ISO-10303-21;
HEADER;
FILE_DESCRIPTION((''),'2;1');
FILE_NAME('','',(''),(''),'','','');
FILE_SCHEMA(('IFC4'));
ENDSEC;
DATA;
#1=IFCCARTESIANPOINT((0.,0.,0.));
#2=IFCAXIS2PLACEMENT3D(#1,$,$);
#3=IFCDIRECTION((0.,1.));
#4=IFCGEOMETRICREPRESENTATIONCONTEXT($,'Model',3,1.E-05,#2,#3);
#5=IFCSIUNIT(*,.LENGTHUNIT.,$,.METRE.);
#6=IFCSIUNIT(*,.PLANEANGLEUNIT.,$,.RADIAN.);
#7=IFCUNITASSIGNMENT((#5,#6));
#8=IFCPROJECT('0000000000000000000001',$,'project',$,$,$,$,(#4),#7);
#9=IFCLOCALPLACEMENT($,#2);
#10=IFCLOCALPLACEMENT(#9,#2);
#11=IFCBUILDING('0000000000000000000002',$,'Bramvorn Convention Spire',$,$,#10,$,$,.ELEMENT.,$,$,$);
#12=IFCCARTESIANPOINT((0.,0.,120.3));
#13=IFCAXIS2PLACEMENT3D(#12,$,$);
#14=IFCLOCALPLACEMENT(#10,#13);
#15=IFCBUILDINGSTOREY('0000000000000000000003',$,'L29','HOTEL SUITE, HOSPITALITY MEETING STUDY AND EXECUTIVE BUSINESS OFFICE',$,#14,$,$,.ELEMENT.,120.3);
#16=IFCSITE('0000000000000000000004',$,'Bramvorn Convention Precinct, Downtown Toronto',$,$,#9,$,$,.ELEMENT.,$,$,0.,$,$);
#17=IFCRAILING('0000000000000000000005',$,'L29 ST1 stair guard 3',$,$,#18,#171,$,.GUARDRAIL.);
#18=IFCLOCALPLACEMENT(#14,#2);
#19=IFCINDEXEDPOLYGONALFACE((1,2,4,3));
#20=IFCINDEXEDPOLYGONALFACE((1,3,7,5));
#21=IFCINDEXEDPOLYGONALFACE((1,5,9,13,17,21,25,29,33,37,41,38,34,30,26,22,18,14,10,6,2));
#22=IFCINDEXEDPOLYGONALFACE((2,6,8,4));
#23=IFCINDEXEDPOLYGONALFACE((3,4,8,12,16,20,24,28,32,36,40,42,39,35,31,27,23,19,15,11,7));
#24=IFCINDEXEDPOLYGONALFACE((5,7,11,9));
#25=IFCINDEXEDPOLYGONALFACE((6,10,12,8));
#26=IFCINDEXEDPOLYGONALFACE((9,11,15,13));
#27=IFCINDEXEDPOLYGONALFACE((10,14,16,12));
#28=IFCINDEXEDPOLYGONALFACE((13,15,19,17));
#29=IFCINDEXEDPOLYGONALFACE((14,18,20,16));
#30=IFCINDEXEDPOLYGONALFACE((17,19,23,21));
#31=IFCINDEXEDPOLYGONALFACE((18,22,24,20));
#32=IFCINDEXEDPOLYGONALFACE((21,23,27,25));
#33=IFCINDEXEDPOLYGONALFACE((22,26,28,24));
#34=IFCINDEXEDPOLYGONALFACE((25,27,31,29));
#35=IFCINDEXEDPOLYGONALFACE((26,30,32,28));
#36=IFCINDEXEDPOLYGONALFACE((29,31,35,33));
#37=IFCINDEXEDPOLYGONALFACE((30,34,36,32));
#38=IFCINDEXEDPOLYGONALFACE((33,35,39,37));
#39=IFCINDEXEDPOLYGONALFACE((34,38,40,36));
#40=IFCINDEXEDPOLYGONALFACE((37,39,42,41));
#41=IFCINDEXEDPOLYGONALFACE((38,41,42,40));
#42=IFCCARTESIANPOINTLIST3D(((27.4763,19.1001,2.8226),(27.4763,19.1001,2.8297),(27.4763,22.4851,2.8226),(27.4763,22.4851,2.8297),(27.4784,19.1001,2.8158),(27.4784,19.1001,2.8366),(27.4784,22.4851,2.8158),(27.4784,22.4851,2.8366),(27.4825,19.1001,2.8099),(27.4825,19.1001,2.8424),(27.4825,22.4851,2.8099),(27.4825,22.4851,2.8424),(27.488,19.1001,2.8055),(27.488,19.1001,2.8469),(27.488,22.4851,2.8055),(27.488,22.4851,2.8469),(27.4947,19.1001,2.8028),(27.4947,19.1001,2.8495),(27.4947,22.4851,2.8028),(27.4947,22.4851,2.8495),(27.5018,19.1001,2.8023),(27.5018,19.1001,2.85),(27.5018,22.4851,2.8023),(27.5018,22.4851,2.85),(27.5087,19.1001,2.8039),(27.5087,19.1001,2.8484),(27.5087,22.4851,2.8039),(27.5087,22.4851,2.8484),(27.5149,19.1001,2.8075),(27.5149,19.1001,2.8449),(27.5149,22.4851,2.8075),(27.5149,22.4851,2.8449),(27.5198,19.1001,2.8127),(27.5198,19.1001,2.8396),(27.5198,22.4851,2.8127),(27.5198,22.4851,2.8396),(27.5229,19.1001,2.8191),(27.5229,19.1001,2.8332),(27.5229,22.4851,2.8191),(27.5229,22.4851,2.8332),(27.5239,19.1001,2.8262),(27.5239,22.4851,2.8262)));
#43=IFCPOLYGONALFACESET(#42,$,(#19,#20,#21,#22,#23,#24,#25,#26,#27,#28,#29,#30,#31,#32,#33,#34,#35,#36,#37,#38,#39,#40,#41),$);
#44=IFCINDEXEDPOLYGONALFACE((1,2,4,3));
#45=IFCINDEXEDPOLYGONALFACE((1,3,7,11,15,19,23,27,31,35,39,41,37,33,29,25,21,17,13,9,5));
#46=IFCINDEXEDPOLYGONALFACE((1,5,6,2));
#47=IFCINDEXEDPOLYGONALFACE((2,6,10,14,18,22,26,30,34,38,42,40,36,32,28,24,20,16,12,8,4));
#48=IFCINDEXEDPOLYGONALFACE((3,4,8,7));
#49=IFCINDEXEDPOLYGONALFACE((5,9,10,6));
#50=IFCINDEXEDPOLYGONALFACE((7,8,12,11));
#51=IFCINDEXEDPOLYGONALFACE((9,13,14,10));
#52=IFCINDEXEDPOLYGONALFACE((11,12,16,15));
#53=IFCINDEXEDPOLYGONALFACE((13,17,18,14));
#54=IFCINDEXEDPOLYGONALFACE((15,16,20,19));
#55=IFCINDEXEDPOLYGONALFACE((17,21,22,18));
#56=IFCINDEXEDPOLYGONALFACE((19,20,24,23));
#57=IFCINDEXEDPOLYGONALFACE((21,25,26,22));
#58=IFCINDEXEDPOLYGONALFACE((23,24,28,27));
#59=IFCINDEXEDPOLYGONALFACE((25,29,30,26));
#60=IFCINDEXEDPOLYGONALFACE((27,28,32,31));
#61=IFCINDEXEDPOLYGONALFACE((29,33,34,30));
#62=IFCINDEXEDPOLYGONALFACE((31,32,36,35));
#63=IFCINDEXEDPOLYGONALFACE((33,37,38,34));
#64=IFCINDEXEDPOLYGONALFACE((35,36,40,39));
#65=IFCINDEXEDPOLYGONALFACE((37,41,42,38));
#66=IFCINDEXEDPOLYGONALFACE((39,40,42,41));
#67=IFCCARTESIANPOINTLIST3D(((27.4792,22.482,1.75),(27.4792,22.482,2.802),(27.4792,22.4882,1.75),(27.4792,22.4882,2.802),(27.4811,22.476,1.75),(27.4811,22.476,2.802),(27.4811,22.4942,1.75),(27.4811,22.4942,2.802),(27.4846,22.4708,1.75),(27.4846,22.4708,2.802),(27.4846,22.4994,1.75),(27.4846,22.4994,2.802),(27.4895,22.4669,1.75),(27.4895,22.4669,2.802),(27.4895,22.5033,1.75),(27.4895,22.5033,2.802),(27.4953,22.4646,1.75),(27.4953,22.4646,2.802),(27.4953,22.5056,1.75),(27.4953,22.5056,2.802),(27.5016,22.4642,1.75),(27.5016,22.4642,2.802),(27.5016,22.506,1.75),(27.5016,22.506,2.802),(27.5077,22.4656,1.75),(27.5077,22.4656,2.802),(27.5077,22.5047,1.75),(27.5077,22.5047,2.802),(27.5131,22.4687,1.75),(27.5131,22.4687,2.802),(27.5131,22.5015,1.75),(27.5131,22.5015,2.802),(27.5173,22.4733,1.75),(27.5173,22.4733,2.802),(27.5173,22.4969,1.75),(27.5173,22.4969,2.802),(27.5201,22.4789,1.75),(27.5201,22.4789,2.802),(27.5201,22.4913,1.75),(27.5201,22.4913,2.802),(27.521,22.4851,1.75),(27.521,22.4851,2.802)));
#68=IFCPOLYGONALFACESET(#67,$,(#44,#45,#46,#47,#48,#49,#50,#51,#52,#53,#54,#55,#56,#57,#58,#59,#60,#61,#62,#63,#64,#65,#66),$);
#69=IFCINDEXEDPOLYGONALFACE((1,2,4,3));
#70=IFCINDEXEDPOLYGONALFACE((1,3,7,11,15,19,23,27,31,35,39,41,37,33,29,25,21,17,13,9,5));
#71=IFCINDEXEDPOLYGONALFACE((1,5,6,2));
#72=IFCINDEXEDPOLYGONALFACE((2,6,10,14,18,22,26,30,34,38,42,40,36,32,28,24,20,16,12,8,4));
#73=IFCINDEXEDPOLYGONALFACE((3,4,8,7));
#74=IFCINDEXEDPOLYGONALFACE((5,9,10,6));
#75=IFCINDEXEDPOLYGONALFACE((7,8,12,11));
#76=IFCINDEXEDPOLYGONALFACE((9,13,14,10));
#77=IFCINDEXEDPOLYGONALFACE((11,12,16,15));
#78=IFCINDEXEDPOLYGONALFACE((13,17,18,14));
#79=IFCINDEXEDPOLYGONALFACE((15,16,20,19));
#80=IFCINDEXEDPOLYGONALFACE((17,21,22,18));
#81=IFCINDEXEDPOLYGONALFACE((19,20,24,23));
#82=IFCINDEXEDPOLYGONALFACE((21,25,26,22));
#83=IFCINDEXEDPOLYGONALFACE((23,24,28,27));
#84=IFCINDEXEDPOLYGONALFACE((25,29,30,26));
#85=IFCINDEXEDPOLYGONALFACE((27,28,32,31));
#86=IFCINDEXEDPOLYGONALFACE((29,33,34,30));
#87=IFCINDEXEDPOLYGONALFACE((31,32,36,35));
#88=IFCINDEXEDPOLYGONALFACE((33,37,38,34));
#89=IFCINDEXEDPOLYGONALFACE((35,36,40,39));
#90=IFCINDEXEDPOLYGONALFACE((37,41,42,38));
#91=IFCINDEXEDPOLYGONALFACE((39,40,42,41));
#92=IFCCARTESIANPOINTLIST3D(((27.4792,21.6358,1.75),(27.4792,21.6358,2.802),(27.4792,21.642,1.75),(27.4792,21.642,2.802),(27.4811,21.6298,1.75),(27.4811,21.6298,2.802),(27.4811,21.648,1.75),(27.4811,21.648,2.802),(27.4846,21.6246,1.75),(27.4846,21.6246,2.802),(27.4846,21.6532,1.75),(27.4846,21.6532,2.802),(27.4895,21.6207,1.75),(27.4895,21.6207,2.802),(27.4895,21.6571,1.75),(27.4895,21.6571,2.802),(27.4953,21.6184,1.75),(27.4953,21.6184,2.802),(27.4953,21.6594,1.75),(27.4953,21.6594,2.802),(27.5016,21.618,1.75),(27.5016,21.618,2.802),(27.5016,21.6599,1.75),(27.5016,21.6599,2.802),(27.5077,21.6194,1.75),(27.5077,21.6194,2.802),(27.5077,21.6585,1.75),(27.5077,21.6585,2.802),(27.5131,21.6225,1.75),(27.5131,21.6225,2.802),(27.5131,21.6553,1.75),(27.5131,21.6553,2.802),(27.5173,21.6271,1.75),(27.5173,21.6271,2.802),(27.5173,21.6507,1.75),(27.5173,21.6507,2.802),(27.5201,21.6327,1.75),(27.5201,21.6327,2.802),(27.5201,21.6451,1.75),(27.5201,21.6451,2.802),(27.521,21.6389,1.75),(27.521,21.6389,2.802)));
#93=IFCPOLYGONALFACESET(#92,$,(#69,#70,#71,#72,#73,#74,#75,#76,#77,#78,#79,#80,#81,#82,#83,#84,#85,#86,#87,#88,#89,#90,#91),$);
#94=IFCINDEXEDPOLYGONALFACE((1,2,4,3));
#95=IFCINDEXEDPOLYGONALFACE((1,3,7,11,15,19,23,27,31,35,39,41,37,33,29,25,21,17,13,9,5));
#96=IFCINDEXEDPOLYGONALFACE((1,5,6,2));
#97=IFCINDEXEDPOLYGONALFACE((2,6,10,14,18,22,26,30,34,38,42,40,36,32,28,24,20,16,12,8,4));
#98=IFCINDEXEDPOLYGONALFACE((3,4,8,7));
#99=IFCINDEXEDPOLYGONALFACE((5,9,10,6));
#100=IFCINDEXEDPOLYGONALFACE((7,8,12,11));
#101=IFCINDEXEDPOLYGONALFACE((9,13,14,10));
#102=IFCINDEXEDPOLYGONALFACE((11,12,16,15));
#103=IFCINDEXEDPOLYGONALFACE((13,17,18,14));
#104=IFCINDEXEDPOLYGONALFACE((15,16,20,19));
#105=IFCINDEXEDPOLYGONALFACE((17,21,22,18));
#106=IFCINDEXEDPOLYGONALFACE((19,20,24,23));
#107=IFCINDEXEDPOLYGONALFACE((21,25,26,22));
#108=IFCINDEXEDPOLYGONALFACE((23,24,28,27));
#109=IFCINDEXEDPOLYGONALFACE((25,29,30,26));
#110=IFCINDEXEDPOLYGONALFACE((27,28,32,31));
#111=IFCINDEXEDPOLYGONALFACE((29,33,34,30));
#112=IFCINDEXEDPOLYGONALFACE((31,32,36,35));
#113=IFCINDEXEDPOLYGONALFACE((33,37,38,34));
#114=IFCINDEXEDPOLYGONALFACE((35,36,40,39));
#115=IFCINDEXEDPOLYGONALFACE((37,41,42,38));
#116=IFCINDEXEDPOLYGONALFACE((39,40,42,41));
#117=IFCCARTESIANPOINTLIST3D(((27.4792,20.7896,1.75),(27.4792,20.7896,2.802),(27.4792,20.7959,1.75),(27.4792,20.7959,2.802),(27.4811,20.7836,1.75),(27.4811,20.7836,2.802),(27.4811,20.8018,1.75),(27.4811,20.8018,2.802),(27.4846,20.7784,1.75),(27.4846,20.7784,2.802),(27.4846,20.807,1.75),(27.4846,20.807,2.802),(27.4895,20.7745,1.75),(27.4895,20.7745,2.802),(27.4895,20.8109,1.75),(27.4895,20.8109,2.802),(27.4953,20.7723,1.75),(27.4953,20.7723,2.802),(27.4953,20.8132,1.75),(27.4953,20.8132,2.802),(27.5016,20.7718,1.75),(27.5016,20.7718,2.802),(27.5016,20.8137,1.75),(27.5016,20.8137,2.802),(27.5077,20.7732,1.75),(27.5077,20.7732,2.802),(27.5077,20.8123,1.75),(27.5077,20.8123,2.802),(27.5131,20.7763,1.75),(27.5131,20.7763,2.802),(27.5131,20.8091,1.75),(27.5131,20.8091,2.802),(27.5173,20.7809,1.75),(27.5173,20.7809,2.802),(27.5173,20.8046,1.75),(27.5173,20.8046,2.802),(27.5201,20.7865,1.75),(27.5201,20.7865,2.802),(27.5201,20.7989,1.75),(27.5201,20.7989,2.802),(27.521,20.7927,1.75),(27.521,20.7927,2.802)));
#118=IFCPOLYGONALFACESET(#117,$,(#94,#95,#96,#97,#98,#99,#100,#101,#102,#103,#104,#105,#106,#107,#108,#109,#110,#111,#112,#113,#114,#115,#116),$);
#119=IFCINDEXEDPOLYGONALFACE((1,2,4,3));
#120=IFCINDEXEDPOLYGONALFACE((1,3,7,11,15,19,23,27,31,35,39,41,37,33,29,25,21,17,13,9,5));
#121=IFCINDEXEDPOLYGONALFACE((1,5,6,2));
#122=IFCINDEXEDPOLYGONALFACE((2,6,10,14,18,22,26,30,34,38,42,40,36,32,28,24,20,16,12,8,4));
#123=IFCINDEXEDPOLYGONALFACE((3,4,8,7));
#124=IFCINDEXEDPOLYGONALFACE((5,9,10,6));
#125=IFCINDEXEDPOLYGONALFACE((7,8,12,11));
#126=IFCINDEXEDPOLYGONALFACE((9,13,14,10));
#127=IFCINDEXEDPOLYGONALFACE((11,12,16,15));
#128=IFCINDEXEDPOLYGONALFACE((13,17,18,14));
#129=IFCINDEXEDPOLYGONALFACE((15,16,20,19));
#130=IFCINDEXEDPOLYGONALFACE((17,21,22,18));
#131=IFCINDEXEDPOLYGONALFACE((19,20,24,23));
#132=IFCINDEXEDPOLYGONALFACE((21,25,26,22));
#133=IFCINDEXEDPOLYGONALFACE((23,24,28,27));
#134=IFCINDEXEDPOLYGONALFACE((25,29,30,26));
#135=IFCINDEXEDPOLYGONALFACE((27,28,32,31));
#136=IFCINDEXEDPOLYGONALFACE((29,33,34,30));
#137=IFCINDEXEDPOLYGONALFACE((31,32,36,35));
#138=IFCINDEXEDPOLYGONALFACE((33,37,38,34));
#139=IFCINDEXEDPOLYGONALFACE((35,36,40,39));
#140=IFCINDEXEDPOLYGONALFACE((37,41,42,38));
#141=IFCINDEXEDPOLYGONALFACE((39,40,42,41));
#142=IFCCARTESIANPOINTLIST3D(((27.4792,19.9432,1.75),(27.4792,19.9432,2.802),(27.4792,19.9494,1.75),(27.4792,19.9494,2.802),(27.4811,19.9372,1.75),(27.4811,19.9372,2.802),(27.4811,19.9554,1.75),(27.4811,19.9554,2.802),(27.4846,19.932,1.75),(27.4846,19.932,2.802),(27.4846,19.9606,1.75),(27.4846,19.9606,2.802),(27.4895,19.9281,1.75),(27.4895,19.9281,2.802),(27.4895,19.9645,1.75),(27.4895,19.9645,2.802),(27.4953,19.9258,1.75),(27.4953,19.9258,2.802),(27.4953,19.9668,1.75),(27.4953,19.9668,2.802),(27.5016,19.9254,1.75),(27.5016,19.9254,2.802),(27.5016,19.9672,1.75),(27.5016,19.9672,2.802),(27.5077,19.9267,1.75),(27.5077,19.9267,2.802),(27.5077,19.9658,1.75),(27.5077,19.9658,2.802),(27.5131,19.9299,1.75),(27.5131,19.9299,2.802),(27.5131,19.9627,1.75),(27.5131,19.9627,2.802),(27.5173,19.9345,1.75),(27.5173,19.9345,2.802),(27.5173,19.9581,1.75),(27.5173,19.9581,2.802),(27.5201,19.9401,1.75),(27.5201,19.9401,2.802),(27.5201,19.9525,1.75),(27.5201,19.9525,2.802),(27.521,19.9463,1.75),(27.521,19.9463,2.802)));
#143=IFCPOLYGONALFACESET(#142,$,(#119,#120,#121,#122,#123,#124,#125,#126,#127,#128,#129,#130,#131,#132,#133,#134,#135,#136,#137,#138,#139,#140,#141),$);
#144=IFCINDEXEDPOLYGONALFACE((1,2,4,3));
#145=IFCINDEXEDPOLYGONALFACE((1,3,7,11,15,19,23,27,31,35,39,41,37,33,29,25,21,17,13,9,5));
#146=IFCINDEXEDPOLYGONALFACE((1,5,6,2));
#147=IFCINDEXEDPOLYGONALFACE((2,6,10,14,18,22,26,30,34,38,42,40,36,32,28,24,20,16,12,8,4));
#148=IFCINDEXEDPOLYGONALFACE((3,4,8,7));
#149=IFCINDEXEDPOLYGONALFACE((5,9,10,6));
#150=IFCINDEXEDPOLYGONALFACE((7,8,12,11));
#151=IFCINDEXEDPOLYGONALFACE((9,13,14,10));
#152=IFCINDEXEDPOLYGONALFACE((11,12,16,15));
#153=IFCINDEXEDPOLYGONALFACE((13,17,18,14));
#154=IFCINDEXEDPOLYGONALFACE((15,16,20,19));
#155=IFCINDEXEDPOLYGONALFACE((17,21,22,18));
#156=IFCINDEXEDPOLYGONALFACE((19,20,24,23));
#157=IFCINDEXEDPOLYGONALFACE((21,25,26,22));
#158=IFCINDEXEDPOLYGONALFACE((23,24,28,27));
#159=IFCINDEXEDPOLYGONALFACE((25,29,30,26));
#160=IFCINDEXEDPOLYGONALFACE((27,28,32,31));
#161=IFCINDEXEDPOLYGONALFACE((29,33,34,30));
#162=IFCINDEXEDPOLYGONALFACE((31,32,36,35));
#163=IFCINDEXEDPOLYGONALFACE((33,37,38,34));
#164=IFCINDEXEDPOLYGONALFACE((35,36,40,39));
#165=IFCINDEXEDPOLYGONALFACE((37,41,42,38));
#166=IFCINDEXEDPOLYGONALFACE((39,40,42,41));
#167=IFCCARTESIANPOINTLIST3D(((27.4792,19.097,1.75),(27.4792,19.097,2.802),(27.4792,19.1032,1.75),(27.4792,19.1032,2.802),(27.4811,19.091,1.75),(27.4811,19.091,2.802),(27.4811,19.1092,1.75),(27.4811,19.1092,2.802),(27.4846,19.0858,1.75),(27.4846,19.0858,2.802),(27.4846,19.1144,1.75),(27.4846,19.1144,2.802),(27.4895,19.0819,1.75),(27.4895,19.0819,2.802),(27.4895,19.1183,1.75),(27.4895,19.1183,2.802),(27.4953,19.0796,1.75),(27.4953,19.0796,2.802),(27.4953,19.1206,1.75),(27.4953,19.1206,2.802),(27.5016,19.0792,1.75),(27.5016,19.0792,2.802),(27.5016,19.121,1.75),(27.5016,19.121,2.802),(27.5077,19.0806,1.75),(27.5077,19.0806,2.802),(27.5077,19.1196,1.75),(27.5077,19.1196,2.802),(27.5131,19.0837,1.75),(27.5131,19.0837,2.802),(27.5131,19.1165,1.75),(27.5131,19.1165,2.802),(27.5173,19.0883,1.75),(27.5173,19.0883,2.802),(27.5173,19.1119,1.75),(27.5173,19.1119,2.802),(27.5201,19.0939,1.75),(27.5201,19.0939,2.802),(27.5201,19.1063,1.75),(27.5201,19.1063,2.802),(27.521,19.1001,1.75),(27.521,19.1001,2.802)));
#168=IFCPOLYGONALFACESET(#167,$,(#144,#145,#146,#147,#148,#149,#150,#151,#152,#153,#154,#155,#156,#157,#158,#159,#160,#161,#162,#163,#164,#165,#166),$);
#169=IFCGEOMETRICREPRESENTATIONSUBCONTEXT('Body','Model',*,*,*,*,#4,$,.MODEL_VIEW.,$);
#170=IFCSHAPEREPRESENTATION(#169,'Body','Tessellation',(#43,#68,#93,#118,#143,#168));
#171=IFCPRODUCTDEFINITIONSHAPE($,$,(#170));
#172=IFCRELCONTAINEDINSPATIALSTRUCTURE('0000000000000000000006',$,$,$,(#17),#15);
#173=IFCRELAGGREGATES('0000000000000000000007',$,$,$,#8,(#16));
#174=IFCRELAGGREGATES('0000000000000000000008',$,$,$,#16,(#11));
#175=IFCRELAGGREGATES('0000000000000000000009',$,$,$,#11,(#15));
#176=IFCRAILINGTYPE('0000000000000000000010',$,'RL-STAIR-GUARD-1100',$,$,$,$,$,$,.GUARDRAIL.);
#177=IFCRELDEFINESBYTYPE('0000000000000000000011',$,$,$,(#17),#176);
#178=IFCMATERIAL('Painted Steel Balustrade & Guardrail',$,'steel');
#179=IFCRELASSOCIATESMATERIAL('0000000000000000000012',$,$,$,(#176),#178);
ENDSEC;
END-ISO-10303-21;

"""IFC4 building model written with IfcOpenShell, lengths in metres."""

from ifc_helpers import new_model, si_unit, direction, frame, origin, origin_2d, place, context, subcontext, project, spatial, circle, extrude, material, type_object, element, save


model = new_model("IFC4")

# Units and contexts
model_context = context("Model", 3, precision=1e-05, world=origin(), true_north=direction((0.0, 1.0)))
body_context = subcontext(model_context, "Body", "Model", "MODEL_VIEW")
ifc_project = project(units=[si_unit("LENGTHUNIT", "METRE"), si_unit("PLANEANGLEUNIT", "RADIAN")], contexts=[model_context])

# Site, building, storey
site_placement = place(None, origin())
site = spatial("IfcSite", under=ifc_project, at=site_placement, Name="Bramvorn Convention Precinct, Downtown Toronto", CompositionType="ELEMENT", RefElevation=0.0)
building_placement = place(site_placement, origin())
building = spatial("IfcBuilding", under=site, at=building_placement, Name="Bramvorn Convention Spire", CompositionType="ELEMENT")
storey_placement = place(building_placement, frame((0.0, 0.0, 120.3)))
storey = spatial("IfcBuildingStorey", under=building, at=storey_placement, Name="L29", Description="HOTEL SUITE, HOSPITALITY MEETING STUDY AND EXECUTIVE BUSINESS OFFICE", CompositionType="ELEMENT", Elevation=120.3)

# Railing
ifc_material_1 = material(Name="Painted Steel Balustrade & Guardrail", Category="steel")
railing_type_1 = type_object("IfcRailingType", Name="RL-STAIR-GUARD-1100", PredefinedType="GUARDRAIL", material=ifc_material_1)
for number, where, name in (
    (1, (27.5, 22.4851, 1.75), "L29 ST1 stair guard 3"),
):
    element("IfcRailing", number, at=place(storey_placement, frame(where)), inside=storey, type_object=railing_type_1, Name=name, PredefinedType="GUARDRAIL", context=body_context, shape_type="SweptSolid", body=[
        extrude(circle(Radius=0.0239, at=origin_2d()), frame((0.0, 0.0, 1.0762), z_axis=(0.0, -1.0, 0.0), x_axis=(1.0, 0.0, 0.0)), (0.0, 0.0, 1.0), 3.385),
        extrude(circle(Radius=0.021, at=origin_2d()), origin(), (0.0, 0.0, 1.0), 1.052),
        extrude(circle(Radius=0.021, at=origin_2d()), frame((0.0, -0.8462, 0.0)), (0.0, 0.0, 1.0), 1.052),
        extrude(circle(Radius=0.021, at=origin_2d()), frame((0.0, -1.6924, 0.0)), (0.0, 0.0, 1.0), 1.052),
        extrude(circle(Radius=0.021, at=origin_2d()), frame((0.0, -2.5388, 0.0)), (0.0, 0.0, 1.0), 1.052),
        extrude(circle(Radius=0.021, at=origin_2d()), frame((0.0, -3.385, 0.0)), (0.0, 0.0, 1.0), 1.052),
    ])

save(model, "model.ifc")
